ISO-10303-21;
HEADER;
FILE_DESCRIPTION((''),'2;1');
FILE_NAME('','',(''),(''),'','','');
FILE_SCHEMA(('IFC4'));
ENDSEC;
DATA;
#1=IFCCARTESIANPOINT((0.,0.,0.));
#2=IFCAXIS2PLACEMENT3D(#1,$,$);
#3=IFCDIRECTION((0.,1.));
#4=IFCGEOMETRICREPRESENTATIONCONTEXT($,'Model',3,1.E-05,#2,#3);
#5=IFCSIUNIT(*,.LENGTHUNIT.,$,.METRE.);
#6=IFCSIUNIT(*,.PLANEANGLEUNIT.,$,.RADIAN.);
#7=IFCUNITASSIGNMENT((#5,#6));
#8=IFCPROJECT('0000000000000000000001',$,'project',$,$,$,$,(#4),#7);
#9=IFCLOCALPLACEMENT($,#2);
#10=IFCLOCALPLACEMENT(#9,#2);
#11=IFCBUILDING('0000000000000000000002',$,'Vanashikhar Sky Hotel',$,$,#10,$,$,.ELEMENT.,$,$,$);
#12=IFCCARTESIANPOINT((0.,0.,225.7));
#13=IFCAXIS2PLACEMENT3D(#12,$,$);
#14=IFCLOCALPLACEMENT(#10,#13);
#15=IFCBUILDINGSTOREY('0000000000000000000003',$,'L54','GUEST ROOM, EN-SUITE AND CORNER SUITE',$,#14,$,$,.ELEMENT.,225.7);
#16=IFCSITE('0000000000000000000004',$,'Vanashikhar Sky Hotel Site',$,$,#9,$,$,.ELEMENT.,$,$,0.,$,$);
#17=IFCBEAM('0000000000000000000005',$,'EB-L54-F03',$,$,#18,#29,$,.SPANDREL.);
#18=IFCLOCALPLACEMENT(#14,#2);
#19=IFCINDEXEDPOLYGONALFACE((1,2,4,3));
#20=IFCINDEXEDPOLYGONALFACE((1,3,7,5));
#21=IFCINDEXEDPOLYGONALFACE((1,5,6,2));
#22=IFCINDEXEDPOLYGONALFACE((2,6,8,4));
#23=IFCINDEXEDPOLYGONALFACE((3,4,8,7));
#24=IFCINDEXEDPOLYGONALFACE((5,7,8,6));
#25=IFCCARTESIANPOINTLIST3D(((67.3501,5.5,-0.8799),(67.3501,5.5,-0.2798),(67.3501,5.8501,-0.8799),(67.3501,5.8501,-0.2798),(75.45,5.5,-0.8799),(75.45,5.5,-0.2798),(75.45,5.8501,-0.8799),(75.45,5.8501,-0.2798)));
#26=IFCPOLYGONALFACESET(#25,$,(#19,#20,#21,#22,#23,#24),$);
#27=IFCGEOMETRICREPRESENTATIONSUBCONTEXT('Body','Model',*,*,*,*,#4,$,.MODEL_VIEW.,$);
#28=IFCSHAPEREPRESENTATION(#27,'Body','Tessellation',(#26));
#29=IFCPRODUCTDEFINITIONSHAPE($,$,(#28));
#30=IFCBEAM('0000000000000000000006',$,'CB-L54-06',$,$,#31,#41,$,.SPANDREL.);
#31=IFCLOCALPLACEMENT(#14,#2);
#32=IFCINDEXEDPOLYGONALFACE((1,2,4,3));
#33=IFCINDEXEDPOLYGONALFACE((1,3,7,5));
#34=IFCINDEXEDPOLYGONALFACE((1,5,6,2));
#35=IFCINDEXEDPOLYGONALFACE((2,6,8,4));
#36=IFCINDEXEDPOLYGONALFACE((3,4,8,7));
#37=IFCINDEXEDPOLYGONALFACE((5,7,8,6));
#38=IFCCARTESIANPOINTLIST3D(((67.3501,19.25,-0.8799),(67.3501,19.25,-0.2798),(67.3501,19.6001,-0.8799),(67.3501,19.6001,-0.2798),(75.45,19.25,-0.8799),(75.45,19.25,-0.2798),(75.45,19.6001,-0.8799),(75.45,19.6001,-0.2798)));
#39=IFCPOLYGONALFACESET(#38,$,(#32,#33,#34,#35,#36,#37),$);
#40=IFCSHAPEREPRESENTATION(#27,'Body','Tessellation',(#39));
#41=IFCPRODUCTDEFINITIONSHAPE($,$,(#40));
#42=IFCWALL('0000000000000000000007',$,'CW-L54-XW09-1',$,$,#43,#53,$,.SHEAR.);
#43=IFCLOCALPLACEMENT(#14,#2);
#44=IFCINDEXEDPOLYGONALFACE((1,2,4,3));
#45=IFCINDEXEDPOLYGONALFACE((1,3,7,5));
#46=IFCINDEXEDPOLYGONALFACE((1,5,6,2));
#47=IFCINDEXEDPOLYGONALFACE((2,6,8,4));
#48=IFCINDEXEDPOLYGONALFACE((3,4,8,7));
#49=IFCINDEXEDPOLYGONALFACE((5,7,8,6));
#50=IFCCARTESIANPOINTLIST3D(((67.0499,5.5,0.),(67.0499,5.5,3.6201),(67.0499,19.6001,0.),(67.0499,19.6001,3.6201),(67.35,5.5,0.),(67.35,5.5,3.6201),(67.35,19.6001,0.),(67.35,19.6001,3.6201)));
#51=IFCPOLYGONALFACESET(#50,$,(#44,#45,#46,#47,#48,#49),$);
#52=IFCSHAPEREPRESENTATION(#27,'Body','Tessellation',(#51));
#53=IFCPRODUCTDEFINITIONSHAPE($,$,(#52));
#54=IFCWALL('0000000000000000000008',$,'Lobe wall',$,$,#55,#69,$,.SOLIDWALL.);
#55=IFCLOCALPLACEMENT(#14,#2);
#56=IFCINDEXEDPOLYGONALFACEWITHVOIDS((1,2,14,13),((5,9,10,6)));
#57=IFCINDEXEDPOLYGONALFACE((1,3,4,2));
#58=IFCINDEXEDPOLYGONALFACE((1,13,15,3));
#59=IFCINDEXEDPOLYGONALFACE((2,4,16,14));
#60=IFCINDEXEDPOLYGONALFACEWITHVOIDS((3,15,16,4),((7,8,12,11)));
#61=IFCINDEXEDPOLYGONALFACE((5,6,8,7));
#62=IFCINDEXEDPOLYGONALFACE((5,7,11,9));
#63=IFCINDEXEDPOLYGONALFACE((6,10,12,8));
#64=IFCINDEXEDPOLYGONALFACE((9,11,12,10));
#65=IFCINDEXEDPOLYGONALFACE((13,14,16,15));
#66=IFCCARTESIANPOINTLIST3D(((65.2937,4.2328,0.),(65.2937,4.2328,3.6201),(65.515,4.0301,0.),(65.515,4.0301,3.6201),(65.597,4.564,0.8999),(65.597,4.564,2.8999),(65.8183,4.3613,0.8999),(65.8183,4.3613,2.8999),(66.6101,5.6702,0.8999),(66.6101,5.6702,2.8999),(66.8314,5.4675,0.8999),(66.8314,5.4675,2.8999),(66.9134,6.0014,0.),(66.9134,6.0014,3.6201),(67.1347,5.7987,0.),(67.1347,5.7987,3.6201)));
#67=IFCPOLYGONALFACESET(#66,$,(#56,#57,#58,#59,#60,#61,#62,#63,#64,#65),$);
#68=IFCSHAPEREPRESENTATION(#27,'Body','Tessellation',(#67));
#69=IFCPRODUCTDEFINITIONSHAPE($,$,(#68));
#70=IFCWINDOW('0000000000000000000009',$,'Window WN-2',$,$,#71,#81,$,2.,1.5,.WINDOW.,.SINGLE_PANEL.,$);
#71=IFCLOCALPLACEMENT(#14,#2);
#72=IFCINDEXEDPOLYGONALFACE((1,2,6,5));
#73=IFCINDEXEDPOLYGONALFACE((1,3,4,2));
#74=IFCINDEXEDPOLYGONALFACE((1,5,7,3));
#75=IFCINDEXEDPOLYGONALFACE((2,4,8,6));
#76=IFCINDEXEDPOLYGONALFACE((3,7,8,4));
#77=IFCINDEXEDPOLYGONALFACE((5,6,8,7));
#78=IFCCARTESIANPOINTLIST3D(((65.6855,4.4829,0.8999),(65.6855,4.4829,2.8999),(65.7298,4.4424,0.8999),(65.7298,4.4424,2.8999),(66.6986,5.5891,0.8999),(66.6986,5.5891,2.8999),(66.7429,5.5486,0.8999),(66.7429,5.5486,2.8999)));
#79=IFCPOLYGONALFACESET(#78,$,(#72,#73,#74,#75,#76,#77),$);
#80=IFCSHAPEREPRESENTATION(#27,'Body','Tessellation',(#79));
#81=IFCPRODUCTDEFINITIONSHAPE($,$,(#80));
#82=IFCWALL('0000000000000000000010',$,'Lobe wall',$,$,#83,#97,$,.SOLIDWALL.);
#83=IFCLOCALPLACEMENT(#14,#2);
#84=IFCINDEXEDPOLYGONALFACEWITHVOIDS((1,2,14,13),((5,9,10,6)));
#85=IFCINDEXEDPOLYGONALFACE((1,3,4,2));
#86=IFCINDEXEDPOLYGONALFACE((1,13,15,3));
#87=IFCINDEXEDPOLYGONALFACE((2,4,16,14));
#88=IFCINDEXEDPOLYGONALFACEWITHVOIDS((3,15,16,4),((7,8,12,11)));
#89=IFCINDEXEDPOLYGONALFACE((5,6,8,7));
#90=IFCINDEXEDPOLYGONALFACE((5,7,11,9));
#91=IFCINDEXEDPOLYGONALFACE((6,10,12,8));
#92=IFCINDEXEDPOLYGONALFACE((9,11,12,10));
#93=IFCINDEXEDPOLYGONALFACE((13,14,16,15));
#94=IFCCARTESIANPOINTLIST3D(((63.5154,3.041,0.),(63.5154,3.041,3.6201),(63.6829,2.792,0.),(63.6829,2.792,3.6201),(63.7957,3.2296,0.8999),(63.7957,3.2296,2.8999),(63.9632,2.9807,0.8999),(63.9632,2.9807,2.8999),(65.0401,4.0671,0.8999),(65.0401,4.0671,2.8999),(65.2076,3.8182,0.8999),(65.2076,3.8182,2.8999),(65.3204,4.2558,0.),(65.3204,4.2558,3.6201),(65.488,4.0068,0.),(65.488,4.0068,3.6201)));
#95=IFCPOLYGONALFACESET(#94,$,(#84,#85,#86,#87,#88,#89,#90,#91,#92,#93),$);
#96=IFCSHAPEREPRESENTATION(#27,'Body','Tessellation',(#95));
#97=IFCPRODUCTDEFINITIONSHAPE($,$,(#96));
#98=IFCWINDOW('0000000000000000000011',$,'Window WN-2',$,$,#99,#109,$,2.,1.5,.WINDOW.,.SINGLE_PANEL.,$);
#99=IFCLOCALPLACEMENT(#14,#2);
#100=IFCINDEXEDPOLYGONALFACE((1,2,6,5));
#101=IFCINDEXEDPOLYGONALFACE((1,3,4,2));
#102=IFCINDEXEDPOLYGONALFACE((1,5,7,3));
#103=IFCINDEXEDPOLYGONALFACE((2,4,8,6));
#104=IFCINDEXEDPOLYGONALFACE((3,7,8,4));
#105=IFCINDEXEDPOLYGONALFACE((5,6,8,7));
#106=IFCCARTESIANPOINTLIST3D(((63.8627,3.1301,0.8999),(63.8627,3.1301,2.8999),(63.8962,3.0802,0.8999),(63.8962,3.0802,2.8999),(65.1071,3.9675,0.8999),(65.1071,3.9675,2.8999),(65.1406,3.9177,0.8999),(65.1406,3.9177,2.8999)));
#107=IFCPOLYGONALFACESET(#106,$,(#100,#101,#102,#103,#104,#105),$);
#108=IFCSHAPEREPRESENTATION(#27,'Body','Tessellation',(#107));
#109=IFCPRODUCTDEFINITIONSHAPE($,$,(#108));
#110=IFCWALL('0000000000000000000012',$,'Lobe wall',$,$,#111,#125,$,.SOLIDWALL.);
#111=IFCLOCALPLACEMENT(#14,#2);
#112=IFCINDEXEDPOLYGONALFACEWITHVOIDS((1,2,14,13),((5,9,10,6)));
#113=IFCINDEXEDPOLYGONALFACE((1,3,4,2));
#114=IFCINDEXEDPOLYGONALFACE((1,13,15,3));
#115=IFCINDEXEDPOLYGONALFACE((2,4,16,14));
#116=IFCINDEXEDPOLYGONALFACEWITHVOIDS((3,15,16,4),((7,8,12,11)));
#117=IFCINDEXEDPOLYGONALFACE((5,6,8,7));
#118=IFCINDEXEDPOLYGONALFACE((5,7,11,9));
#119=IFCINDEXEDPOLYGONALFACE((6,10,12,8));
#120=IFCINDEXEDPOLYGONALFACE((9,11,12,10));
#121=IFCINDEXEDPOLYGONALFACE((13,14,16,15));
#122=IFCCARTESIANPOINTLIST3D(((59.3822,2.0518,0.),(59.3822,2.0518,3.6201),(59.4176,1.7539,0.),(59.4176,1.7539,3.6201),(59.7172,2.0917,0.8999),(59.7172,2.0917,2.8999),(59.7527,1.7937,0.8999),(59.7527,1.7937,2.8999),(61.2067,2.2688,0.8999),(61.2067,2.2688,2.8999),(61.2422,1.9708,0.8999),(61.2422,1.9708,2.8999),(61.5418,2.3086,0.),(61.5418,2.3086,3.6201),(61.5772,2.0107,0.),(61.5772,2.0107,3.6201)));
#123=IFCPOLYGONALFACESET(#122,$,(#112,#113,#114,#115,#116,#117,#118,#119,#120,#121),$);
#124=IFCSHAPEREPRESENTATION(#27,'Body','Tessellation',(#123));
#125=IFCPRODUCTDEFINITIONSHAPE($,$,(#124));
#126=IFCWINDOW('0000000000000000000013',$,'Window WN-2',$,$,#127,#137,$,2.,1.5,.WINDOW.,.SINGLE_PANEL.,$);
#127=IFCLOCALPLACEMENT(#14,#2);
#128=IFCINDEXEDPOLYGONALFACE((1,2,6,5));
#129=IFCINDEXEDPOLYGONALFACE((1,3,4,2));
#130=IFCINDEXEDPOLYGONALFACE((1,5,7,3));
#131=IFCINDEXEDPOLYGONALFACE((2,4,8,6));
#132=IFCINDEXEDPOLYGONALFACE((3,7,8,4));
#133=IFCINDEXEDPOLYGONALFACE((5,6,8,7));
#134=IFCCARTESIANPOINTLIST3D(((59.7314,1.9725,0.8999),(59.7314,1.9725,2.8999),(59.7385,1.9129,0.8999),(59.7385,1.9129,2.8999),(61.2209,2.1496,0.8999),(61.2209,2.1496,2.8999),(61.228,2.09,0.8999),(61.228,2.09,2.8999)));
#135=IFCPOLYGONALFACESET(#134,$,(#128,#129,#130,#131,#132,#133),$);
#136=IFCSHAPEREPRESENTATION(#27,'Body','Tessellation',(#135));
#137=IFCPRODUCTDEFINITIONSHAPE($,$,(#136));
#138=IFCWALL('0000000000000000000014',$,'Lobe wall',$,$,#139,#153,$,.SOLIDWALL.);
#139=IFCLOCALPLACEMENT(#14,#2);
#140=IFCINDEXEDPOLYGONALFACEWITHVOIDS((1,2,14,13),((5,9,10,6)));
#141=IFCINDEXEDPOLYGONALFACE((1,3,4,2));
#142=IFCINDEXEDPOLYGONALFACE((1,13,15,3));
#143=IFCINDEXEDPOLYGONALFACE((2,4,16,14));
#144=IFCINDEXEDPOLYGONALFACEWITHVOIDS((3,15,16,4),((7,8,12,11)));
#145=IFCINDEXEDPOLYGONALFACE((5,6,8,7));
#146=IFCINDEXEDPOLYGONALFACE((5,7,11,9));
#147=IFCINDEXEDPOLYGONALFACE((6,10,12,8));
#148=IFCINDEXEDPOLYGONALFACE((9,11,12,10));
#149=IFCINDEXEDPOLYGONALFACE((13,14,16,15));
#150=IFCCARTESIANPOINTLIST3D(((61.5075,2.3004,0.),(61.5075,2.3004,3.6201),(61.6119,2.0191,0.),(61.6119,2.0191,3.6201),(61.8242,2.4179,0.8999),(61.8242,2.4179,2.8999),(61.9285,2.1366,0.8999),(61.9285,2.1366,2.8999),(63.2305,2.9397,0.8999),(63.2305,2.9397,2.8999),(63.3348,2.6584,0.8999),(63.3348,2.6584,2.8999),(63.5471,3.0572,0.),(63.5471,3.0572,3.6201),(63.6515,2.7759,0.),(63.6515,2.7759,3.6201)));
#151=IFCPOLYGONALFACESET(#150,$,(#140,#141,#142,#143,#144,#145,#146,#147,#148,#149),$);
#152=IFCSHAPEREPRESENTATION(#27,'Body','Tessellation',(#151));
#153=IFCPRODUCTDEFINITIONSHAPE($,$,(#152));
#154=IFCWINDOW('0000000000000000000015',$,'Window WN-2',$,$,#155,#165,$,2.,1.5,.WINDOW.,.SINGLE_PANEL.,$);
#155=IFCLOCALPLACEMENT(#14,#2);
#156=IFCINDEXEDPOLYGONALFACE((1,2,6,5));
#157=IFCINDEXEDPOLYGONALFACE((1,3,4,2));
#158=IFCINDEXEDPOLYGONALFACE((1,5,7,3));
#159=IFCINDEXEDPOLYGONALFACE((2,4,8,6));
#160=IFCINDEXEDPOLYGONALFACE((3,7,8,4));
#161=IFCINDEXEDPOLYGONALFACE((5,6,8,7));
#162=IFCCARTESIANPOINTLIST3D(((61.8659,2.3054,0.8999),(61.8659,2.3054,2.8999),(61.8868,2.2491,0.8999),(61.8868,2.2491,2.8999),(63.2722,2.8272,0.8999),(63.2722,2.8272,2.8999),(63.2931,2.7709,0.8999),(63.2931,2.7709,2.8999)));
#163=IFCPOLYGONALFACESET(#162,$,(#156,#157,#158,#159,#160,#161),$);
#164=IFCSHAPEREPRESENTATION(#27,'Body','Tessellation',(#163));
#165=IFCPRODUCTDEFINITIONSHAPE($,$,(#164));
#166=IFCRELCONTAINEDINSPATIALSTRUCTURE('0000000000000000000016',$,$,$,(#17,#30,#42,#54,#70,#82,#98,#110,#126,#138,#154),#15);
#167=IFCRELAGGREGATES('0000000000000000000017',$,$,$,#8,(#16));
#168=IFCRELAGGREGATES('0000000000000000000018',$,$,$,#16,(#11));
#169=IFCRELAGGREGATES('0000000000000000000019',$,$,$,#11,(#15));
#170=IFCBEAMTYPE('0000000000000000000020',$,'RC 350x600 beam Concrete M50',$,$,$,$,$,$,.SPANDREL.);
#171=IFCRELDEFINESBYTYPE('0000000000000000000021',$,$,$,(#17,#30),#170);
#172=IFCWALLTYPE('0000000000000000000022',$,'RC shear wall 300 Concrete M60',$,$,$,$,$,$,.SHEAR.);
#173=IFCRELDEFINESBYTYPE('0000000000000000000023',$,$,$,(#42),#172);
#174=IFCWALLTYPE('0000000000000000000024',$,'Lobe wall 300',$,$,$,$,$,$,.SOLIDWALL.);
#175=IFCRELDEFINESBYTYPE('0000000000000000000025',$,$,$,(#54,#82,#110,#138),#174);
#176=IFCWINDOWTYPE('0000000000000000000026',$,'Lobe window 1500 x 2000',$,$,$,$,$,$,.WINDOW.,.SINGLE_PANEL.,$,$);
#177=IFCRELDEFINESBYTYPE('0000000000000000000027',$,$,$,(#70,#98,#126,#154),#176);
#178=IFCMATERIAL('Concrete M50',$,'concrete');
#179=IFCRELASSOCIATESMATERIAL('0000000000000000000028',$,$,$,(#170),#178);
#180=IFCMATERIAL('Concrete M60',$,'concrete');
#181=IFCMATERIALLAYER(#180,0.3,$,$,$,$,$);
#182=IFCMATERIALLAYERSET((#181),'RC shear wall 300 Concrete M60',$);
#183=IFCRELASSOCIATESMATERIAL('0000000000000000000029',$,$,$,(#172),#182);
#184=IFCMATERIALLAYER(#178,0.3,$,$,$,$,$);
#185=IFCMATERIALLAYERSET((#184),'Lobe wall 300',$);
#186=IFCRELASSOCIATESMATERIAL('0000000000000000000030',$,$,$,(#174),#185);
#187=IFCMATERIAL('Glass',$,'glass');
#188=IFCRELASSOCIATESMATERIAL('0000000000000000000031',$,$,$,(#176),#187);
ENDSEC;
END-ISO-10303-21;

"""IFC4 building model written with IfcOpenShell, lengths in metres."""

from ifc_helpers import new_model, si_unit, direction, frame, frame_2d, origin, origin_2d, place, context, subcontext, project, spatial, rectangle, extrude, source, transform, mapped, material, layer, layer_set, material_profile, profile_set, type_object, element, fill, save


model = new_model("IFC4")

# Units and contexts
model_context = context("Model", 3, precision=1e-05, world=origin(), true_north=direction((0.0, 1.0)))
body_context = subcontext(model_context, "Body", "Model", "MODEL_VIEW")
ifc_project = project(units=[si_unit("LENGTHUNIT", "METRE"), si_unit("PLANEANGLEUNIT", "RADIAN")], contexts=[model_context])

# Site, building, storey
site_placement = place(None, origin())
site = spatial("IfcSite", under=ifc_project, at=site_placement, Name="Vanashikhar Sky Hotel Site", CompositionType="ELEMENT", RefElevation=0.0)
building_placement = place(site_placement, origin())
building = spatial("IfcBuilding", under=site, at=building_placement, Name="Vanashikhar Sky Hotel", CompositionType="ELEMENT")
storey_placement = place(building_placement, frame((0.0, 0.0, 225.7)))
storey = spatial("IfcBuildingStorey", under=building, at=storey_placement, Name="L54", Description="GUEST ROOM, EN-SUITE AND CORNER SUITE", CompositionType="ELEMENT", Elevation=225.7)

# Beams
ifc_material_1 = material(Name="Concrete M50", Category="concrete")
ifc_material_profile_1 = material_profile(ifc_material_1, rectangle(XDim=0.3501, YDim=0.6001, at=origin_2d()))
ifc_profile_set_1 = profile_set([ifc_material_profile_1], Name="RC 350x600 beam Concrete M50")
beam_type = type_object("IfcBeamType", Name="RC 350x600 beam Concrete M50", PredefinedType="SPANDREL", material=ifc_profile_set_1)
shared_shape_1 = source(origin(), body_context, "Body", "SweptSolid", [
    extrude(rectangle(XDim=0.3501, YDim=0.6001, at=origin_2d()), origin(), (0.0, 0.0, 1.0), 8.0999),
])
for number, where, z_axis, x_axis, name in (
    (1, (67.3501, 5.675, -0.5798), (1.0, 0.0, 0.0), (0.0, 1.0, 0.0), "EB-L54-F03"),
    (2, (67.3501, 19.425, -0.5798), (1.0, 0.0, 0.0), (0.0, 1.0, 0.0), "CB-L54-06"),
):
    element("IfcBeam", number, at=place(storey_placement, frame(where, z_axis=z_axis, x_axis=x_axis)), inside=storey, type_object=beam_type, Name=name, PredefinedType="SPANDREL", context=body_context, shape_type="MappedRepresentation", body=[
        mapped(shared_shape_1, transform((0.0, 0.0, 0.0), scale=1.0)),
    ])

# Wall
ifc_material_2 = material(Name="Concrete M60", Category="concrete")
ifc_layer_1 = layer(ifc_material_2, 0.3)
ifc_layer_set_1 = layer_set([ifc_layer_1], Name="RC shear wall 300 Concrete M60")
wall_type_1 = type_object("IfcWallType", Name="RC shear wall 300 Concrete M60", PredefinedType="SHEAR", material=ifc_layer_set_1)
shared_shape_2 = source(origin(), body_context, "Body", "SweptSolid", [
    extrude(rectangle(XDim=14.1001, YDim=0.3, at=frame_2d((7.05, 0.0))), origin(), (0.0, 0.0, 1.0), 3.6201),
])
wall_1_placement = place(storey_placement, frame((67.2, 5.5, 0.0), z_axis=(0.0, 0.0, 1.0), x_axis=(0.0, 1.0, 0.0)))
element("IfcWall", 3, at=wall_1_placement, inside=storey, type_object=wall_type_1, Name="CW-L54-XW09-1", PredefinedType="SHEAR", context=body_context, shape_type="MappedRepresentation", body=[
    mapped(shared_shape_2, transform((0.0, 0.0, 0.0), scale=1.0)),
])

# Shared definitions
ifc_material_3 = material(Name="Glass", Category="glass")

# Walls, openings, windows
ifc_layer_2 = layer(ifc_material_1, 0.3)
ifc_layer_set_2 = layer_set([ifc_layer_2], Name="Lobe wall 300")
wall_type_2 = type_object("IfcWallType", Name="Lobe wall 300", PredefinedType="SOLIDWALL", material=ifc_layer_set_2)
shared_shape_3 = source(origin(), body_context, "Body", "SweptSolid", [
    extrude(rectangle(XDim=2.3982, YDim=0.3, at=frame_2d((1.1992, 0.0))), origin(), (0.0, 0.0, 1.0), 3.6201),
])
wall_2_placement = place(storey_placement, frame((65.4043, 4.1313, 0.0), z_axis=(0.0, 0.0, 1.0), x_axis=(0.675374, 0.737475, 0.0)))
wall_2 = element("IfcWall", 4, at=wall_2_placement, inside=storey, type_object=wall_type_2, Name="Lobe wall", PredefinedType="SOLIDWALL", context=body_context, shape_type="MappedRepresentation", body=[
    mapped(shared_shape_3, transform((0.0, 0.0, 0.0), scale=1.0)),
])
shared_shape_4 = source(origin(), body_context, "Body", "SweptSolid", [
    extrude(rectangle(XDim=1.5, YDim=2.0, at=frame_2d((0.75, 1.0))), frame((0.0, 0.1602, 0.0), z_axis=(0.0, -1.0, 0.0), x_axis=(1.0, 0.0, 0.0)), (0.0, 0.0, 1.0), 0.3201),
])
opening_1_placement = place(wall_2_placement, frame((0.4492, 0.0, 0.8999)))
opening_1 = element("IfcOpeningElement", 5, at=opening_1_placement, cuts=wall_2, PredefinedType="OPENING", context=body_context, shape_type="MappedRepresentation", body=[
    mapped(shared_shape_4, transform((0.0, 0.0, 0.0), scale=1.0)),
])
window_type_1 = type_object("IfcWindowType", Name="Lobe window 1500 x 2000", PartitioningType="SINGLE_PANEL", PredefinedType="WINDOW", material=ifc_material_3)
shared_shape_5 = source(origin(), body_context, "Body", "SweptSolid", [
    extrude(rectangle(XDim=1.5, YDim=2.0, at=frame_2d((0.75, 1.0))), frame((0.0, 0.03, 0.0), z_axis=(0.0, -1.0, 0.0), x_axis=(1.0, 0.0, 0.0)), (0.0, 0.0, 1.0), 0.0601),
])
window_1_placement = place(opening_1_placement, origin())
window_1 = element("IfcWindow", 6, at=window_1_placement, inside=storey, type_object=window_type_1, Name="Window WN-2", OverallHeight=2.0, OverallWidth=1.5, PartitioningType="SINGLE_PANEL", PredefinedType="WINDOW", context=body_context, shape_type="MappedRepresentation", body=[
    mapped(shared_shape_5, transform((0.0, 0.0, 0.0), scale=1.0)),
])
fill(opening_1, window_1)
shared_shape_6 = source(origin(), body_context, "Body", "SweptSolid", [
    extrude(rectangle(XDim=2.1758, YDim=0.3, at=frame_2d((1.0879, 0.0))), origin(), (0.0, 0.0, 1.0), 3.6201),
])
wall_3_placement = place(storey_placement, frame((63.5991, 2.9165, 0.0), z_axis=(0.0, 0.0, 1.0), x_axis=(0.829626, 0.55832, 0.0)))
wall_3 = element("IfcWall", 7, at=wall_3_placement, inside=storey, type_object=wall_type_2, Name="Lobe wall", PredefinedType="SOLIDWALL", context=body_context, shape_type="MappedRepresentation", body=[
    mapped(shared_shape_6, transform((0.0, 0.0, 0.0), scale=1.0)),
])
opening_2_placement = place(wall_3_placement, frame((0.3379, 0.0, 0.8999)))
opening_2 = element("IfcOpeningElement", 8, at=opening_2_placement, cuts=wall_3, PredefinedType="OPENING", context=body_context, shape_type="MappedRepresentation", body=[
    mapped(shared_shape_4, transform((0.0, 0.0, 0.0), scale=1.0)),
])
window_2_placement = place(opening_2_placement, origin())
window_2 = element("IfcWindow", 9, at=window_2_placement, inside=storey, type_object=window_type_1, Name="Window WN-2", OverallHeight=2.0, OverallWidth=1.5, PartitioningType="SINGLE_PANEL", PredefinedType="WINDOW", context=body_context, shape_type="MappedRepresentation", body=[
    mapped(shared_shape_5, transform((0.0, 0.0, 0.0), scale=1.0)),
])
fill(opening_2, window_2)
shared_shape_7 = source(origin(), body_context, "Body", "SweptSolid", [
    extrude(rectangle(XDim=2.1748, YDim=0.3, at=frame_2d((1.0874, 0.0))), origin(), (0.0, 0.0, 1.0), 3.6201),
])
wall_4_placement = place(storey_placement, frame((59.3999, 1.9028, 0.0), z_axis=(0.0, 0.0, 1.0), x_axis=(0.993003, 0.118092, 0.0)))
wall_4 = element("IfcWall", 10, at=wall_4_placement, inside=storey, type_object=wall_type_2, Name="Lobe wall", PredefinedType="SOLIDWALL", context=body_context, shape_type="MappedRepresentation", body=[
    mapped(shared_shape_7, transform((0.0, 0.0, 0.0), scale=1.0)),
])
opening_3_placement = place(wall_4_placement, frame((0.3374, 0.0, 0.8999)))
opening_3 = element("IfcOpeningElement", 11, at=opening_3_placement, cuts=wall_4, PredefinedType="OPENING", context=body_context, shape_type="MappedRepresentation", body=[
    mapped(shared_shape_4, transform((0.0, 0.0, 0.0), scale=1.0)),
])
window_3_placement = place(opening_3_placement, origin())
window_3 = element("IfcWindow", 12, at=window_3_placement, inside=storey, type_object=window_type_1, Name="Window WN-2", OverallHeight=2.0, OverallWidth=1.5, PartitioningType="SINGLE_PANEL", PredefinedType="WINDOW", context=body_context, shape_type="MappedRepresentation", body=[
    mapped(shared_shape_5, transform((0.0, 0.0, 0.0), scale=1.0)),
])
fill(opening_3, window_3)
shared_shape_8 = source(origin(), body_context, "Body", "SweptSolid", [
    extrude(rectangle(XDim=2.1755, YDim=0.3, at=frame_2d((1.0879, 0.0))), origin(), (0.0, 0.0, 1.0), 3.6201),
])
wall_5_placement = place(storey_placement, frame((61.5596, 2.1597, 0.0), z_axis=(0.0, 0.0, 1.0), x_axis=(0.937532, 0.347899, 0.0)))
wall_5 = element("IfcWall", 13, at=wall_5_placement, inside=storey, type_object=wall_type_2, Name="Lobe wall", PredefinedType="SOLIDWALL", context=body_context, shape_type="MappedRepresentation", body=[
    mapped(shared_shape_8, transform((0.0, 0.0, 0.0), scale=1.0)),
])
opening_4_placement = place(wall_5_placement, frame((0.3379, 0.0, 0.8999)))
opening_4 = element("IfcOpeningElement", 14, at=opening_4_placement, cuts=wall_5, PredefinedType="OPENING", context=body_context, shape_type="MappedRepresentation", body=[
    mapped(shared_shape_4, transform((0.0, 0.0, 0.0), scale=1.0)),
])
window_4_placement = place(opening_4_placement, origin())
window_4 = element("IfcWindow", 15, at=window_4_placement, inside=storey, type_object=window_type_1, Name="Window WN-2", OverallHeight=2.0, OverallWidth=1.5, PartitioningType="SINGLE_PANEL", PredefinedType="WINDOW", context=body_context, shape_type="MappedRepresentation", body=[
    mapped(shared_shape_5, transform((0.0, 0.0, 0.0), scale=1.0)),
])
fill(opening_4, window_4)

save(model, "model.ifc")
